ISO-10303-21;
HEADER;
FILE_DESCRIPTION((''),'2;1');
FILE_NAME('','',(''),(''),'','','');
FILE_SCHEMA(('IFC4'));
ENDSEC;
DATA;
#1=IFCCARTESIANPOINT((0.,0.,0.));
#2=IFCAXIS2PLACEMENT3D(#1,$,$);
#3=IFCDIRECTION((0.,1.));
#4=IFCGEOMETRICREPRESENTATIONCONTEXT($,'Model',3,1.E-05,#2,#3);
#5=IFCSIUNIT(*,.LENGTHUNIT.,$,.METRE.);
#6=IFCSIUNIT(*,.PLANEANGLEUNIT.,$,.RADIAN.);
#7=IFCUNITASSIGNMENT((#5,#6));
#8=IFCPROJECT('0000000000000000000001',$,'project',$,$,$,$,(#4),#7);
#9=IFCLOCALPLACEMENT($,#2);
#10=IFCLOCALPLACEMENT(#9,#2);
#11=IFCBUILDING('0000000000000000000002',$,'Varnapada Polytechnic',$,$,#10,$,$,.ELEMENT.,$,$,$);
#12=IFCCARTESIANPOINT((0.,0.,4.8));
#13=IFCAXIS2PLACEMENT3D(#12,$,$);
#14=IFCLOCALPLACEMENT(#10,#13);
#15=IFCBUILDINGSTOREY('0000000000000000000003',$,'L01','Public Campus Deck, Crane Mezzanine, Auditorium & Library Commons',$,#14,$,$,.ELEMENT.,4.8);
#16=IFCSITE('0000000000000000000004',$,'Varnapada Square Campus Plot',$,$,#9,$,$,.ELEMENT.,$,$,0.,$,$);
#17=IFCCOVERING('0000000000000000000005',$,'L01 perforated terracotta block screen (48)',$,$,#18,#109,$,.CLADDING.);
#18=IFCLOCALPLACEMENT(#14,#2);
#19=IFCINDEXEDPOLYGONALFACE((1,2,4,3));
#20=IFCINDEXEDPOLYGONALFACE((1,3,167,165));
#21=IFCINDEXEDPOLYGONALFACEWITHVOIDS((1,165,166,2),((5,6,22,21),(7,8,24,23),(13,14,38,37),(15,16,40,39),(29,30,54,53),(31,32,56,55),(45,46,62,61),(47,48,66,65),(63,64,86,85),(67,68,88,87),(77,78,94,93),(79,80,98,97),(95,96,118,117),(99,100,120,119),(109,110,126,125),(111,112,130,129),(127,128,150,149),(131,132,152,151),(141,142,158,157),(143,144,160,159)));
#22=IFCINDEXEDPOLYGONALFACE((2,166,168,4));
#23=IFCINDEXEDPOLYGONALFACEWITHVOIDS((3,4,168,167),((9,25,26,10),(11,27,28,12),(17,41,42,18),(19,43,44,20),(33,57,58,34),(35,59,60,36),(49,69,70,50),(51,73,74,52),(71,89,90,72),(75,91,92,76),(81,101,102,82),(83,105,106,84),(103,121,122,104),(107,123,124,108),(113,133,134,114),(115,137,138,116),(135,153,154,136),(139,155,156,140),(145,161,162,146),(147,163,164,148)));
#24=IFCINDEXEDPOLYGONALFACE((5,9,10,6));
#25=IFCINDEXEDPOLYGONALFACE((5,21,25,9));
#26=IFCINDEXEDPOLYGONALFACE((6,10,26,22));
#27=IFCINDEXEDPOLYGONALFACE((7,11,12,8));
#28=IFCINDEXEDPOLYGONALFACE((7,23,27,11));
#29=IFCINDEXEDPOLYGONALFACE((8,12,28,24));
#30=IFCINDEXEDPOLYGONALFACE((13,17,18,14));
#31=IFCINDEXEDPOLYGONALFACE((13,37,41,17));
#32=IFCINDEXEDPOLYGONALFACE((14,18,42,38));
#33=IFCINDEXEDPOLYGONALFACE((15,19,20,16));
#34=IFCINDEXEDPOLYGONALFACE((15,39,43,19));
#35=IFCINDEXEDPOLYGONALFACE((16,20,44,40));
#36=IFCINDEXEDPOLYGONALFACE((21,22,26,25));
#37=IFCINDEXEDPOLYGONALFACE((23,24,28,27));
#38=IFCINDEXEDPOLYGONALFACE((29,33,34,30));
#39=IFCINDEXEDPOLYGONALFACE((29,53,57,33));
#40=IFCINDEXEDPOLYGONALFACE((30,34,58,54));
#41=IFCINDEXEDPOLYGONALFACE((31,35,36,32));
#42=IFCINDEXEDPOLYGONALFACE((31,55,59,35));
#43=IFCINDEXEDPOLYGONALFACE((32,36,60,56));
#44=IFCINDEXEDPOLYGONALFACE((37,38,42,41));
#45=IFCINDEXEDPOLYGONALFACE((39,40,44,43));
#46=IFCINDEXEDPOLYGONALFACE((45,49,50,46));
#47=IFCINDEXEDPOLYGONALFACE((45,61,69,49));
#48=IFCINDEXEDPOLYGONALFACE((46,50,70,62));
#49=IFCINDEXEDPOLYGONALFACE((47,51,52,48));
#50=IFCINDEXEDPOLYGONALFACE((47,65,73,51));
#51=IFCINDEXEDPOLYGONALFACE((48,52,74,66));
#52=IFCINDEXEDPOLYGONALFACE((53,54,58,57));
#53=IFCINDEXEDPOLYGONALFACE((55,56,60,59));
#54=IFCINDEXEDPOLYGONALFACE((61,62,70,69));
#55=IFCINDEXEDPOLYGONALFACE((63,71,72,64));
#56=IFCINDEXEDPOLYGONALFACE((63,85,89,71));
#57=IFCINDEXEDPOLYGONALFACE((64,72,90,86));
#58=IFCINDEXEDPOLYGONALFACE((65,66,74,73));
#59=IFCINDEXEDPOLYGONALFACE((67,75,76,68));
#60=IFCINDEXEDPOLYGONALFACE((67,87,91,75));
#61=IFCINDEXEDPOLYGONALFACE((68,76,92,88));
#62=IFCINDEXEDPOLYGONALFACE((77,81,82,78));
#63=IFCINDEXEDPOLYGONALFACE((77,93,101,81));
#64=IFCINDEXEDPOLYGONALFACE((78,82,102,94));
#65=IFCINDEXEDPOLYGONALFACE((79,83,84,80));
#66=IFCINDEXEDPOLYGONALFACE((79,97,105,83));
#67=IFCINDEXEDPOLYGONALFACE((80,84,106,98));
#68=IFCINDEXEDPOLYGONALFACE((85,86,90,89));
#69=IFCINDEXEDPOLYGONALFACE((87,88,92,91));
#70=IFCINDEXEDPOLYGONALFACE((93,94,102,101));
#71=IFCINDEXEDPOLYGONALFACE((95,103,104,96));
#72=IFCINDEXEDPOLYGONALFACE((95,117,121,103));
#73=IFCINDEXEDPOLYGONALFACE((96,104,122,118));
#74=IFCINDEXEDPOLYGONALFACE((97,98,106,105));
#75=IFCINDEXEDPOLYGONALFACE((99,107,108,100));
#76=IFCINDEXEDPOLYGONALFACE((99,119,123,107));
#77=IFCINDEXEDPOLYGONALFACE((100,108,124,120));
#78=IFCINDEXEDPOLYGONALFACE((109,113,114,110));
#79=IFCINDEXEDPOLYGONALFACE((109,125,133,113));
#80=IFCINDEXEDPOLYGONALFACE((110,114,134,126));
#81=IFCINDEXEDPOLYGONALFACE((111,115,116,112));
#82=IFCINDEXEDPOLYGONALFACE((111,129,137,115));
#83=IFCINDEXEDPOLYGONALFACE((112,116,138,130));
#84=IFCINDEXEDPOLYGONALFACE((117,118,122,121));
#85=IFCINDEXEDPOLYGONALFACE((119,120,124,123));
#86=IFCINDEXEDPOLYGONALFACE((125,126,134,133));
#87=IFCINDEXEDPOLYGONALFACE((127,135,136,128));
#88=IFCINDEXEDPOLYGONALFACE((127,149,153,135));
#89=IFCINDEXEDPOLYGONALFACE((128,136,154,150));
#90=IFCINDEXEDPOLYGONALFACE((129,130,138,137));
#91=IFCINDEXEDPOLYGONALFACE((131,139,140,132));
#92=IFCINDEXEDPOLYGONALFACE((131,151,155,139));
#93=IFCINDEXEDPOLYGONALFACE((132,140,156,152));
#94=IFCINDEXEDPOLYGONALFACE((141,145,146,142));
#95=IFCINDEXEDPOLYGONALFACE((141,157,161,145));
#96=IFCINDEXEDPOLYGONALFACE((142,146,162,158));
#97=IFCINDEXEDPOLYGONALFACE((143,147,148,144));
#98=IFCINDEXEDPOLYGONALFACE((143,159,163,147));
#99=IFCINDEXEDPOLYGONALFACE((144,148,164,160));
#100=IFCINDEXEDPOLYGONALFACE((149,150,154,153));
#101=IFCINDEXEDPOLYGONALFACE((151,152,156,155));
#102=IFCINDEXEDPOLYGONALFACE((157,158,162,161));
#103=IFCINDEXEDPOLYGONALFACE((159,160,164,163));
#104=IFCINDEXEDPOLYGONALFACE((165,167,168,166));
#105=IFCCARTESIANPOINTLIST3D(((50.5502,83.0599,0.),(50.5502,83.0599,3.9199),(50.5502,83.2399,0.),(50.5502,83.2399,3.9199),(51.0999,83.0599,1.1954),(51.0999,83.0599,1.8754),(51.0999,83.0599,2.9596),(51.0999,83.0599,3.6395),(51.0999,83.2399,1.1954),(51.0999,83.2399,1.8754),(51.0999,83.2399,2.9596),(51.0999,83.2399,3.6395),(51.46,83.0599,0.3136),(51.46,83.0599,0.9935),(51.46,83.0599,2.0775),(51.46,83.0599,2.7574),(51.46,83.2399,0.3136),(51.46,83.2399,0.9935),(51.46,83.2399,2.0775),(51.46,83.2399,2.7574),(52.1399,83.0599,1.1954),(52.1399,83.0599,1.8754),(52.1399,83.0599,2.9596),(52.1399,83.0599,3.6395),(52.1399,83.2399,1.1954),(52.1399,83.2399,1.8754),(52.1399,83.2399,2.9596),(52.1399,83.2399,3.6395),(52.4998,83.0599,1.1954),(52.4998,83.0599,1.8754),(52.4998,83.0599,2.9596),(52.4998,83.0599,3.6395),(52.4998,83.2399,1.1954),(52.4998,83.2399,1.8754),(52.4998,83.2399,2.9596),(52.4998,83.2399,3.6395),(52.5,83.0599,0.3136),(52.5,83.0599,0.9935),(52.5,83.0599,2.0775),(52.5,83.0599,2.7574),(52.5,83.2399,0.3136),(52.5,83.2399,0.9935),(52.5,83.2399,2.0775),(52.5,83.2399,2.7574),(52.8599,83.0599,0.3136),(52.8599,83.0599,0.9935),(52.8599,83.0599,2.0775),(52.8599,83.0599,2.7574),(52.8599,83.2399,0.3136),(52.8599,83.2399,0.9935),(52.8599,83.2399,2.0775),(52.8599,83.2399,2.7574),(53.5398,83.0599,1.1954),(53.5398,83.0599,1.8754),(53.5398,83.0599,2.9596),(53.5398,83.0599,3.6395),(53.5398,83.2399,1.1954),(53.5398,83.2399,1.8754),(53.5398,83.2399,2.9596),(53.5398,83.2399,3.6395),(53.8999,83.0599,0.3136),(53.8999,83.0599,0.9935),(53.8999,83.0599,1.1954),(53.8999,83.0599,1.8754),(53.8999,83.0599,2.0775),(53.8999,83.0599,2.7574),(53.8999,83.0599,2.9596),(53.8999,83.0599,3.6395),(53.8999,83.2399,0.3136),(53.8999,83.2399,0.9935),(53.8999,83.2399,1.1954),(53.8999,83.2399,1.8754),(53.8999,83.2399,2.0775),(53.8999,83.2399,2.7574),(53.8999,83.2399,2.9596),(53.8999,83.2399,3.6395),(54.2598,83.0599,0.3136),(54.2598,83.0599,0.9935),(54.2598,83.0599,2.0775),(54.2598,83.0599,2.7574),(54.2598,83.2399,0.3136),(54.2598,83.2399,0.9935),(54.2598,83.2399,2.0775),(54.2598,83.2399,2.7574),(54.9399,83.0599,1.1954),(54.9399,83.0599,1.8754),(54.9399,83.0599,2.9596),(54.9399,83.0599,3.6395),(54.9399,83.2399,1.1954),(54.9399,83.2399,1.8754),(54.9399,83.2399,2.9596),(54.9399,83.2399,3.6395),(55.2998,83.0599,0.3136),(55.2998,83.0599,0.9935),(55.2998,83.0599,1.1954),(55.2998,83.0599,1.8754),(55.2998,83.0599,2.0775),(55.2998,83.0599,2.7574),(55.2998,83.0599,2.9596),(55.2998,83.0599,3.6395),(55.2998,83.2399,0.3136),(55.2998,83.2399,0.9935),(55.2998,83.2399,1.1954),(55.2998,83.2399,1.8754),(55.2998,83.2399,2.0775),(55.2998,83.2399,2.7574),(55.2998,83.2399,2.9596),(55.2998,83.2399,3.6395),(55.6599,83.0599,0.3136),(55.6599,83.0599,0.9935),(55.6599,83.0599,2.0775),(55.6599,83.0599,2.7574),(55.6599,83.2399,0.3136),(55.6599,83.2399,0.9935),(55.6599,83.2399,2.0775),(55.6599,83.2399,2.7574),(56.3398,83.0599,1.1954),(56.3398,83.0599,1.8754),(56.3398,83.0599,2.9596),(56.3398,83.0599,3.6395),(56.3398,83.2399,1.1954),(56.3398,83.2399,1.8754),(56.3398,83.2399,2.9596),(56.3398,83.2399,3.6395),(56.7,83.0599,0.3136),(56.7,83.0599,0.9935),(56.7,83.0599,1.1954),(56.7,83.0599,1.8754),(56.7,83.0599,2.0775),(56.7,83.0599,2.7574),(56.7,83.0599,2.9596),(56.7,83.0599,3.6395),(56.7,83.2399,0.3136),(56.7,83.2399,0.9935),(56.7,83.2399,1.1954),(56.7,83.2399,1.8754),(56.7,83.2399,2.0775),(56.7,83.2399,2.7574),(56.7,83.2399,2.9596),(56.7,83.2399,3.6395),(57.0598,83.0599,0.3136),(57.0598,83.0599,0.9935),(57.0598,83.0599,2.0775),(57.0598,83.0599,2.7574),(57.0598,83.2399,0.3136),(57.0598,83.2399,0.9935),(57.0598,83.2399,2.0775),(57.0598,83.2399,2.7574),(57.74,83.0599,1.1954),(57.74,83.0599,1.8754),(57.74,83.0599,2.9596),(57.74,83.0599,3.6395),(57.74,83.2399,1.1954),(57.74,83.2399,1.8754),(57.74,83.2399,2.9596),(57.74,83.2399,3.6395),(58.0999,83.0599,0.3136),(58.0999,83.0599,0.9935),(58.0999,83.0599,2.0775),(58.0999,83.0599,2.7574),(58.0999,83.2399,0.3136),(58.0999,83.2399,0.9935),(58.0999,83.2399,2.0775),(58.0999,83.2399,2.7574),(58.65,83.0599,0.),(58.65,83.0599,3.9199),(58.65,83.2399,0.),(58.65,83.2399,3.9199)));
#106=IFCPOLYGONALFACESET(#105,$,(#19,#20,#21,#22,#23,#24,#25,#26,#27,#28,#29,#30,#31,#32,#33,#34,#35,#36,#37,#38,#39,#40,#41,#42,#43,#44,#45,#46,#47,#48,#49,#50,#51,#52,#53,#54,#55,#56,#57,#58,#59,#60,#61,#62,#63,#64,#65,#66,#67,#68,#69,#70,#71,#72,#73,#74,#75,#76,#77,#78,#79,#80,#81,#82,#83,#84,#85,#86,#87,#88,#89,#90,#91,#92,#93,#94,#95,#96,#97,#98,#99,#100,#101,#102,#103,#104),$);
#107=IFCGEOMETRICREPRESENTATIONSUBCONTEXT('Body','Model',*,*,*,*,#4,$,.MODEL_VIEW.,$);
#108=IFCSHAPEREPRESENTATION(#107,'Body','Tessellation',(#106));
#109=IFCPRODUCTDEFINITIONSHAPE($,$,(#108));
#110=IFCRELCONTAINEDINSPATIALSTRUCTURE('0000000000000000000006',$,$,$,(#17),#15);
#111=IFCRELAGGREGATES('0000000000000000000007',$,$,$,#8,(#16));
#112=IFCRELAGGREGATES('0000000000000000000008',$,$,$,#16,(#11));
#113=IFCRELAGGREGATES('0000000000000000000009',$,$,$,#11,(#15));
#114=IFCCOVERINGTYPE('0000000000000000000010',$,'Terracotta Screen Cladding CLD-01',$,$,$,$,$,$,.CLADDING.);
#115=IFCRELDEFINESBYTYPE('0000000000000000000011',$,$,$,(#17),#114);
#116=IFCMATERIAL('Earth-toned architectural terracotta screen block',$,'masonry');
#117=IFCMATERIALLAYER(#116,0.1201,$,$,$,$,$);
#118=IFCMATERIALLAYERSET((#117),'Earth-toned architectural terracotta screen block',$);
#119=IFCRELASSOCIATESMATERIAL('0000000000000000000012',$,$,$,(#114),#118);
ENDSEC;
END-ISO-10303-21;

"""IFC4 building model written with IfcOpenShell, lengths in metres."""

from ifc_helpers import new_model, si_unit, direction, frame, frame_2d, origin, place, context, subcontext, project, spatial, rectangle, extrude, material, layer, layer_set, type_object, element, save


model = new_model("IFC4")

# Units and contexts
model_context = context("Model", 3, precision=1e-05, world=origin(), true_north=direction((0.0, 1.0)))
body_context = subcontext(model_context, "Body", "Model", "MODEL_VIEW")
ifc_project = project(units=[si_unit("LENGTHUNIT", "METRE"), si_unit("PLANEANGLEUNIT", "RADIAN")], contexts=[model_context])

# Site, building, storey
site_placement = place(None, origin())
site = spatial("IfcSite", under=ifc_project, at=site_placement, Name="Varnapada Square Campus Plot", CompositionType="ELEMENT", RefElevation=0.0)
building_placement = place(site_placement, origin())
building = spatial("IfcBuilding", under=site, at=building_placement, Name="Varnapada Polytechnic", CompositionType="ELEMENT")
storey_placement = place(building_placement, frame((0.0, 0.0, 4.8)))
storey = spatial("IfcBuildingStorey", under=building, at=storey_placement, Name="L01", Description="Public Campus Deck, Crane Mezzanine, Auditorium & Library Commons", CompositionType="ELEMENT", Elevation=4.8)

# Covering, openings
ifc_material_1 = material(Name="Earth-toned architectural terracotta screen block", Category="masonry")
ifc_layer_1 = layer(ifc_material_1, 0.1201)
ifc_layer_set_1 = layer_set([ifc_layer_1], Name="Earth-toned architectural terracotta screen block")
covering_type = type_object("IfcCoveringType", Name="Terracotta Screen Cladding CLD-01", PredefinedType="CLADDING", material=ifc_layer_set_1)
covering_placement = place(storey_placement, frame((58.6499, 83.1499, 0.0), z_axis=(0.0, 0.0, 1.0), x_axis=(-1.0, 0.0, 0.0)))
covering = element("IfcCovering", 1, at=covering_placement, inside=storey, type_object=covering_type, Name="L01 perforated terracotta block screen (48)", PredefinedType="CLADDING", context=body_context, shape_type="SweptSolid", body=[
    extrude(rectangle(XDim=8.0999, YDim=0.1799, at=frame_2d((4.0498, 0.0))), origin(), (0.0, 0.0, 1.0), 3.9199),
])
opening_1_placement = place(covering_placement, frame((0.55, 0.0, 0.3137)))
element("IfcOpeningElement", 2, at=opening_1_placement, cuts=covering, PredefinedType="OPENING", context=body_context, shape_type="SweptSolid", body=[
    extrude(rectangle(XDim=1.04, YDim=0.6799, at=frame_2d((0.52, 0.3398))), frame((0.0, 0.0999, 0.0), z_axis=(0.0, -1.0, 0.0), x_axis=(1.0, 0.0, 0.0)), (0.0, 0.0, 1.0), 0.2),
])
opening_2_placement = place(covering_placement, frame((1.95, 0.0, 0.3137)))
element("IfcOpeningElement", 3, at=opening_2_placement, cuts=covering, PredefinedType="OPENING", context=body_context, shape_type="SweptSolid", body=[
    extrude(rectangle(XDim=1.04, YDim=0.6799, at=frame_2d((0.52, 0.3398))), frame((0.0, 0.0999, 0.0), z_axis=(0.0, -1.0, 0.0), x_axis=(1.0, 0.0, 0.0)), (0.0, 0.0, 1.0), 0.2),
])
opening_3_placement = place(covering_placement, frame((3.3501, 0.0, 0.3137)))
element("IfcOpeningElement", 4, at=opening_3_placement, cuts=covering, PredefinedType="OPENING", context=body_context, shape_type="SweptSolid", body=[
    extrude(rectangle(XDim=1.04, YDim=0.6799, at=frame_2d((0.52, 0.3398))), frame((0.0, 0.0999, 0.0), z_axis=(0.0, -1.0, 0.0), x_axis=(1.0, 0.0, 0.0)), (0.0, 0.0, 1.0), 0.2),
])
opening_4_placement = place(covering_placement, frame((4.75, 0.0, 0.3137)))
element("IfcOpeningElement", 5, at=opening_4_placement, cuts=covering, PredefinedType="OPENING", context=body_context, shape_type="SweptSolid", body=[
    extrude(rectangle(XDim=1.04, YDim=0.6799, at=frame_2d((0.52, 0.3398))), frame((0.0, 0.0999, 0.0), z_axis=(0.0, -1.0, 0.0), x_axis=(1.0, 0.0, 0.0)), (0.0, 0.0, 1.0), 0.2),
])
opening_5_placement = place(covering_placement, frame((6.1499, 0.0, 0.3137)))
element("IfcOpeningElement", 6, at=opening_5_placement, cuts=covering, PredefinedType="OPENING", context=body_context, shape_type="SweptSolid", body=[
    extrude(rectangle(XDim=1.04, YDim=0.6799, at=frame_2d((0.52, 0.3398))), frame((0.0, 0.0999, 0.0), z_axis=(0.0, -1.0, 0.0), x_axis=(1.0, 0.0, 0.0)), (0.0, 0.0, 1.0), 0.2),
])
opening_6_placement = place(covering_placement, frame((0.9099, 0.0, 1.1956)))
element("IfcOpeningElement", 7, at=opening_6_placement, cuts=covering, PredefinedType="OPENING", context=body_context, shape_type="SweptSolid", body=[
    extrude(rectangle(XDim=1.04, YDim=0.6799, at=frame_2d((0.52, 0.3398))), frame((0.0, 0.0999, 0.0), z_axis=(0.0, -1.0, 0.0), x_axis=(1.0, 0.0, 0.0)), (0.0, 0.0, 1.0), 0.2),
])
opening_7_placement = place(covering_placement, frame((2.3101, 0.0, 1.1956)))
element("IfcOpeningElement", 8, at=opening_7_placement, cuts=covering, PredefinedType="OPENING", context=body_context, shape_type="SweptSolid", body=[
    extrude(rectangle(XDim=1.04, YDim=0.6799, at=frame_2d((0.52, 0.3398))), frame((0.0, 0.0999, 0.0), z_axis=(0.0, -1.0, 0.0), x_axis=(1.0, 0.0, 0.0)), (0.0, 0.0, 1.0), 0.2),
])
opening_8_placement = place(covering_placement, frame((3.71, 0.0, 1.1956)))
element("IfcOpeningElement", 9, at=opening_8_placement, cuts=covering, PredefinedType="OPENING", context=body_context, shape_type="SweptSolid", body=[
    extrude(rectangle(XDim=1.04, YDim=0.6799, at=frame_2d((0.52, 0.3398))), frame((0.0, 0.0999, 0.0), z_axis=(0.0, -1.0, 0.0), x_axis=(1.0, 0.0, 0.0)), (0.0, 0.0, 1.0), 0.2),
])
opening_9_placement = place(covering_placement, frame((5.1101, 0.0, 1.1956)))
element("IfcOpeningElement", 10, at=opening_9_placement, cuts=covering, PredefinedType="OPENING", context=body_context, shape_type="SweptSolid", body=[
    extrude(rectangle(XDim=1.04, YDim=0.6799, at=frame_2d((0.52, 0.3398))), frame((0.0, 0.0999, 0.0), z_axis=(0.0, -1.0, 0.0), x_axis=(1.0, 0.0, 0.0)), (0.0, 0.0, 1.0), 0.2),
])
opening_10_placement = place(covering_placement, frame((6.51, 0.0, 1.1956)))
element("IfcOpeningElement", 11, at=opening_10_placement, cuts=covering, PredefinedType="OPENING", context=body_context, shape_type="SweptSolid", body=[
    extrude(rectangle(XDim=1.04, YDim=0.6799, at=frame_2d((0.52, 0.3398))), frame((0.0, 0.0999, 0.0), z_axis=(0.0, -1.0, 0.0), x_axis=(1.0, 0.0, 0.0)), (0.0, 0.0, 1.0), 0.2),
])
opening_11_placement = place(covering_placement, frame((0.55, 0.0, 2.0776)))
element("IfcOpeningElement", 12, at=opening_11_placement, cuts=covering, PredefinedType="OPENING", context=body_context, shape_type="SweptSolid", body=[
    extrude(rectangle(XDim=1.04, YDim=0.6799, at=frame_2d((0.52, 0.3398))), frame((0.0, 0.0999, 0.0), z_axis=(0.0, -1.0, 0.0), x_axis=(1.0, 0.0, 0.0)), (0.0, 0.0, 1.0), 0.2),
])
opening_12_placement = place(covering_placement, frame((1.95, 0.0, 2.0776)))
element("IfcOpeningElement", 13, at=opening_12_placement, cuts=covering, PredefinedType="OPENING", context=body_context, shape_type="SweptSolid", body=[
    extrude(rectangle(XDim=1.04, YDim=0.6799, at=frame_2d((0.52, 0.3398))), frame((0.0, 0.0999, 0.0), z_axis=(0.0, -1.0, 0.0), x_axis=(1.0, 0.0, 0.0)), (0.0, 0.0, 1.0), 0.2),
])
opening_13_placement = place(covering_placement, frame((3.3501, 0.0, 2.0776)))
element("IfcOpeningElement", 14, at=opening_13_placement, cuts=covering, PredefinedType="OPENING", context=body_context, shape_type="SweptSolid", body=[
    extrude(rectangle(XDim=1.04, YDim=0.6799, at=frame_2d((0.52, 0.3398))), frame((0.0, 0.0999, 0.0), z_axis=(0.0, -1.0, 0.0), x_axis=(1.0, 0.0, 0.0)), (0.0, 0.0, 1.0), 0.2),
])
opening_14_placement = place(covering_placement, frame((4.75, 0.0, 2.0776)))
element("IfcOpeningElement", 15, at=opening_14_placement, cuts=covering, PredefinedType="OPENING", context=body_context, shape_type="SweptSolid", body=[
    extrude(rectangle(XDim=1.04, YDim=0.6799, at=frame_2d((0.52, 0.3398))), frame((0.0, 0.0999, 0.0), z_axis=(0.0, -1.0, 0.0), x_axis=(1.0, 0.0, 0.0)), (0.0, 0.0, 1.0), 0.2),
])
opening_15_placement = place(covering_placement, frame((6.1499, 0.0, 2.0776)))
element("IfcOpeningElement", 16, at=opening_15_placement, cuts=covering, PredefinedType="OPENING", context=body_context, shape_type="SweptSolid", body=[
    extrude(rectangle(XDim=1.04, YDim=0.6799, at=frame_2d((0.52, 0.3398))), frame((0.0, 0.0999, 0.0), z_axis=(0.0, -1.0, 0.0), x_axis=(1.0, 0.0, 0.0)), (0.0, 0.0, 1.0), 0.2),
])
opening_16_placement = place(covering_placement, frame((0.9099, 0.0, 2.9597)))
element("IfcOpeningElement", 17, at=opening_16_placement, cuts=covering, PredefinedType="OPENING", context=body_context, shape_type="SweptSolid", body=[
    extrude(rectangle(XDim=1.04, YDim=0.6799, at=frame_2d((0.52, 0.3398))), frame((0.0, 0.0999, 0.0), z_axis=(0.0, -1.0, 0.0), x_axis=(1.0, 0.0, 0.0)), (0.0, 0.0, 1.0), 0.2),
])
opening_17_placement = place(covering_placement, frame((2.3101, 0.0, 2.9597)))
element("IfcOpeningElement", 18, at=opening_17_placement, cuts=covering, PredefinedType="OPENING", context=body_context, shape_type="SweptSolid", body=[
    extrude(rectangle(XDim=1.04, YDim=0.6799, at=frame_2d((0.52, 0.3398))), frame((0.0, 0.0999, 0.0), z_axis=(0.0, -1.0, 0.0), x_axis=(1.0, 0.0, 0.0)), (0.0, 0.0, 1.0), 0.2),
])
opening_18_placement = place(covering_placement, frame((3.71, 0.0, 2.9597)))
element("IfcOpeningElement", 19, at=opening_18_placement, cuts=covering, PredefinedType="OPENING", context=body_context, shape_type="SweptSolid", body=[
    extrude(rectangle(XDim=1.04, YDim=0.6799, at=frame_2d((0.52, 0.3398))), frame((0.0, 0.0999, 0.0), z_axis=(0.0, -1.0, 0.0), x_axis=(1.0, 0.0, 0.0)), (0.0, 0.0, 1.0), 0.2),
])
opening_19_placement = place(covering_placement, frame((5.1101, 0.0, 2.9597)))
element("IfcOpeningElement", 20, at=opening_19_placement, cuts=covering, PredefinedType="OPENING", context=body_context, shape_type="SweptSolid", body=[
    extrude(rectangle(XDim=1.04, YDim=0.6799, at=frame_2d((0.52, 0.3398))), frame((0.0, 0.0999, 0.0), z_axis=(0.0, -1.0, 0.0), x_axis=(1.0, 0.0, 0.0)), (0.0, 0.0, 1.0), 0.2),
])
opening_20_placement = place(covering_placement, frame((6.51, 0.0, 2.9597)))
element("IfcOpeningElement", 21, at=opening_20_placement, cuts=covering, PredefinedType="OPENING", context=body_context, shape_type="SweptSolid", body=[
    extrude(rectangle(XDim=1.04, YDim=0.6799, at=frame_2d((0.52, 0.3398))), frame((0.0, 0.0999, 0.0), z_axis=(0.0, -1.0, 0.0), x_axis=(1.0, 0.0, 0.0)), (0.0, 0.0, 1.0), 0.2),
])

save(model, "model.ifc")
